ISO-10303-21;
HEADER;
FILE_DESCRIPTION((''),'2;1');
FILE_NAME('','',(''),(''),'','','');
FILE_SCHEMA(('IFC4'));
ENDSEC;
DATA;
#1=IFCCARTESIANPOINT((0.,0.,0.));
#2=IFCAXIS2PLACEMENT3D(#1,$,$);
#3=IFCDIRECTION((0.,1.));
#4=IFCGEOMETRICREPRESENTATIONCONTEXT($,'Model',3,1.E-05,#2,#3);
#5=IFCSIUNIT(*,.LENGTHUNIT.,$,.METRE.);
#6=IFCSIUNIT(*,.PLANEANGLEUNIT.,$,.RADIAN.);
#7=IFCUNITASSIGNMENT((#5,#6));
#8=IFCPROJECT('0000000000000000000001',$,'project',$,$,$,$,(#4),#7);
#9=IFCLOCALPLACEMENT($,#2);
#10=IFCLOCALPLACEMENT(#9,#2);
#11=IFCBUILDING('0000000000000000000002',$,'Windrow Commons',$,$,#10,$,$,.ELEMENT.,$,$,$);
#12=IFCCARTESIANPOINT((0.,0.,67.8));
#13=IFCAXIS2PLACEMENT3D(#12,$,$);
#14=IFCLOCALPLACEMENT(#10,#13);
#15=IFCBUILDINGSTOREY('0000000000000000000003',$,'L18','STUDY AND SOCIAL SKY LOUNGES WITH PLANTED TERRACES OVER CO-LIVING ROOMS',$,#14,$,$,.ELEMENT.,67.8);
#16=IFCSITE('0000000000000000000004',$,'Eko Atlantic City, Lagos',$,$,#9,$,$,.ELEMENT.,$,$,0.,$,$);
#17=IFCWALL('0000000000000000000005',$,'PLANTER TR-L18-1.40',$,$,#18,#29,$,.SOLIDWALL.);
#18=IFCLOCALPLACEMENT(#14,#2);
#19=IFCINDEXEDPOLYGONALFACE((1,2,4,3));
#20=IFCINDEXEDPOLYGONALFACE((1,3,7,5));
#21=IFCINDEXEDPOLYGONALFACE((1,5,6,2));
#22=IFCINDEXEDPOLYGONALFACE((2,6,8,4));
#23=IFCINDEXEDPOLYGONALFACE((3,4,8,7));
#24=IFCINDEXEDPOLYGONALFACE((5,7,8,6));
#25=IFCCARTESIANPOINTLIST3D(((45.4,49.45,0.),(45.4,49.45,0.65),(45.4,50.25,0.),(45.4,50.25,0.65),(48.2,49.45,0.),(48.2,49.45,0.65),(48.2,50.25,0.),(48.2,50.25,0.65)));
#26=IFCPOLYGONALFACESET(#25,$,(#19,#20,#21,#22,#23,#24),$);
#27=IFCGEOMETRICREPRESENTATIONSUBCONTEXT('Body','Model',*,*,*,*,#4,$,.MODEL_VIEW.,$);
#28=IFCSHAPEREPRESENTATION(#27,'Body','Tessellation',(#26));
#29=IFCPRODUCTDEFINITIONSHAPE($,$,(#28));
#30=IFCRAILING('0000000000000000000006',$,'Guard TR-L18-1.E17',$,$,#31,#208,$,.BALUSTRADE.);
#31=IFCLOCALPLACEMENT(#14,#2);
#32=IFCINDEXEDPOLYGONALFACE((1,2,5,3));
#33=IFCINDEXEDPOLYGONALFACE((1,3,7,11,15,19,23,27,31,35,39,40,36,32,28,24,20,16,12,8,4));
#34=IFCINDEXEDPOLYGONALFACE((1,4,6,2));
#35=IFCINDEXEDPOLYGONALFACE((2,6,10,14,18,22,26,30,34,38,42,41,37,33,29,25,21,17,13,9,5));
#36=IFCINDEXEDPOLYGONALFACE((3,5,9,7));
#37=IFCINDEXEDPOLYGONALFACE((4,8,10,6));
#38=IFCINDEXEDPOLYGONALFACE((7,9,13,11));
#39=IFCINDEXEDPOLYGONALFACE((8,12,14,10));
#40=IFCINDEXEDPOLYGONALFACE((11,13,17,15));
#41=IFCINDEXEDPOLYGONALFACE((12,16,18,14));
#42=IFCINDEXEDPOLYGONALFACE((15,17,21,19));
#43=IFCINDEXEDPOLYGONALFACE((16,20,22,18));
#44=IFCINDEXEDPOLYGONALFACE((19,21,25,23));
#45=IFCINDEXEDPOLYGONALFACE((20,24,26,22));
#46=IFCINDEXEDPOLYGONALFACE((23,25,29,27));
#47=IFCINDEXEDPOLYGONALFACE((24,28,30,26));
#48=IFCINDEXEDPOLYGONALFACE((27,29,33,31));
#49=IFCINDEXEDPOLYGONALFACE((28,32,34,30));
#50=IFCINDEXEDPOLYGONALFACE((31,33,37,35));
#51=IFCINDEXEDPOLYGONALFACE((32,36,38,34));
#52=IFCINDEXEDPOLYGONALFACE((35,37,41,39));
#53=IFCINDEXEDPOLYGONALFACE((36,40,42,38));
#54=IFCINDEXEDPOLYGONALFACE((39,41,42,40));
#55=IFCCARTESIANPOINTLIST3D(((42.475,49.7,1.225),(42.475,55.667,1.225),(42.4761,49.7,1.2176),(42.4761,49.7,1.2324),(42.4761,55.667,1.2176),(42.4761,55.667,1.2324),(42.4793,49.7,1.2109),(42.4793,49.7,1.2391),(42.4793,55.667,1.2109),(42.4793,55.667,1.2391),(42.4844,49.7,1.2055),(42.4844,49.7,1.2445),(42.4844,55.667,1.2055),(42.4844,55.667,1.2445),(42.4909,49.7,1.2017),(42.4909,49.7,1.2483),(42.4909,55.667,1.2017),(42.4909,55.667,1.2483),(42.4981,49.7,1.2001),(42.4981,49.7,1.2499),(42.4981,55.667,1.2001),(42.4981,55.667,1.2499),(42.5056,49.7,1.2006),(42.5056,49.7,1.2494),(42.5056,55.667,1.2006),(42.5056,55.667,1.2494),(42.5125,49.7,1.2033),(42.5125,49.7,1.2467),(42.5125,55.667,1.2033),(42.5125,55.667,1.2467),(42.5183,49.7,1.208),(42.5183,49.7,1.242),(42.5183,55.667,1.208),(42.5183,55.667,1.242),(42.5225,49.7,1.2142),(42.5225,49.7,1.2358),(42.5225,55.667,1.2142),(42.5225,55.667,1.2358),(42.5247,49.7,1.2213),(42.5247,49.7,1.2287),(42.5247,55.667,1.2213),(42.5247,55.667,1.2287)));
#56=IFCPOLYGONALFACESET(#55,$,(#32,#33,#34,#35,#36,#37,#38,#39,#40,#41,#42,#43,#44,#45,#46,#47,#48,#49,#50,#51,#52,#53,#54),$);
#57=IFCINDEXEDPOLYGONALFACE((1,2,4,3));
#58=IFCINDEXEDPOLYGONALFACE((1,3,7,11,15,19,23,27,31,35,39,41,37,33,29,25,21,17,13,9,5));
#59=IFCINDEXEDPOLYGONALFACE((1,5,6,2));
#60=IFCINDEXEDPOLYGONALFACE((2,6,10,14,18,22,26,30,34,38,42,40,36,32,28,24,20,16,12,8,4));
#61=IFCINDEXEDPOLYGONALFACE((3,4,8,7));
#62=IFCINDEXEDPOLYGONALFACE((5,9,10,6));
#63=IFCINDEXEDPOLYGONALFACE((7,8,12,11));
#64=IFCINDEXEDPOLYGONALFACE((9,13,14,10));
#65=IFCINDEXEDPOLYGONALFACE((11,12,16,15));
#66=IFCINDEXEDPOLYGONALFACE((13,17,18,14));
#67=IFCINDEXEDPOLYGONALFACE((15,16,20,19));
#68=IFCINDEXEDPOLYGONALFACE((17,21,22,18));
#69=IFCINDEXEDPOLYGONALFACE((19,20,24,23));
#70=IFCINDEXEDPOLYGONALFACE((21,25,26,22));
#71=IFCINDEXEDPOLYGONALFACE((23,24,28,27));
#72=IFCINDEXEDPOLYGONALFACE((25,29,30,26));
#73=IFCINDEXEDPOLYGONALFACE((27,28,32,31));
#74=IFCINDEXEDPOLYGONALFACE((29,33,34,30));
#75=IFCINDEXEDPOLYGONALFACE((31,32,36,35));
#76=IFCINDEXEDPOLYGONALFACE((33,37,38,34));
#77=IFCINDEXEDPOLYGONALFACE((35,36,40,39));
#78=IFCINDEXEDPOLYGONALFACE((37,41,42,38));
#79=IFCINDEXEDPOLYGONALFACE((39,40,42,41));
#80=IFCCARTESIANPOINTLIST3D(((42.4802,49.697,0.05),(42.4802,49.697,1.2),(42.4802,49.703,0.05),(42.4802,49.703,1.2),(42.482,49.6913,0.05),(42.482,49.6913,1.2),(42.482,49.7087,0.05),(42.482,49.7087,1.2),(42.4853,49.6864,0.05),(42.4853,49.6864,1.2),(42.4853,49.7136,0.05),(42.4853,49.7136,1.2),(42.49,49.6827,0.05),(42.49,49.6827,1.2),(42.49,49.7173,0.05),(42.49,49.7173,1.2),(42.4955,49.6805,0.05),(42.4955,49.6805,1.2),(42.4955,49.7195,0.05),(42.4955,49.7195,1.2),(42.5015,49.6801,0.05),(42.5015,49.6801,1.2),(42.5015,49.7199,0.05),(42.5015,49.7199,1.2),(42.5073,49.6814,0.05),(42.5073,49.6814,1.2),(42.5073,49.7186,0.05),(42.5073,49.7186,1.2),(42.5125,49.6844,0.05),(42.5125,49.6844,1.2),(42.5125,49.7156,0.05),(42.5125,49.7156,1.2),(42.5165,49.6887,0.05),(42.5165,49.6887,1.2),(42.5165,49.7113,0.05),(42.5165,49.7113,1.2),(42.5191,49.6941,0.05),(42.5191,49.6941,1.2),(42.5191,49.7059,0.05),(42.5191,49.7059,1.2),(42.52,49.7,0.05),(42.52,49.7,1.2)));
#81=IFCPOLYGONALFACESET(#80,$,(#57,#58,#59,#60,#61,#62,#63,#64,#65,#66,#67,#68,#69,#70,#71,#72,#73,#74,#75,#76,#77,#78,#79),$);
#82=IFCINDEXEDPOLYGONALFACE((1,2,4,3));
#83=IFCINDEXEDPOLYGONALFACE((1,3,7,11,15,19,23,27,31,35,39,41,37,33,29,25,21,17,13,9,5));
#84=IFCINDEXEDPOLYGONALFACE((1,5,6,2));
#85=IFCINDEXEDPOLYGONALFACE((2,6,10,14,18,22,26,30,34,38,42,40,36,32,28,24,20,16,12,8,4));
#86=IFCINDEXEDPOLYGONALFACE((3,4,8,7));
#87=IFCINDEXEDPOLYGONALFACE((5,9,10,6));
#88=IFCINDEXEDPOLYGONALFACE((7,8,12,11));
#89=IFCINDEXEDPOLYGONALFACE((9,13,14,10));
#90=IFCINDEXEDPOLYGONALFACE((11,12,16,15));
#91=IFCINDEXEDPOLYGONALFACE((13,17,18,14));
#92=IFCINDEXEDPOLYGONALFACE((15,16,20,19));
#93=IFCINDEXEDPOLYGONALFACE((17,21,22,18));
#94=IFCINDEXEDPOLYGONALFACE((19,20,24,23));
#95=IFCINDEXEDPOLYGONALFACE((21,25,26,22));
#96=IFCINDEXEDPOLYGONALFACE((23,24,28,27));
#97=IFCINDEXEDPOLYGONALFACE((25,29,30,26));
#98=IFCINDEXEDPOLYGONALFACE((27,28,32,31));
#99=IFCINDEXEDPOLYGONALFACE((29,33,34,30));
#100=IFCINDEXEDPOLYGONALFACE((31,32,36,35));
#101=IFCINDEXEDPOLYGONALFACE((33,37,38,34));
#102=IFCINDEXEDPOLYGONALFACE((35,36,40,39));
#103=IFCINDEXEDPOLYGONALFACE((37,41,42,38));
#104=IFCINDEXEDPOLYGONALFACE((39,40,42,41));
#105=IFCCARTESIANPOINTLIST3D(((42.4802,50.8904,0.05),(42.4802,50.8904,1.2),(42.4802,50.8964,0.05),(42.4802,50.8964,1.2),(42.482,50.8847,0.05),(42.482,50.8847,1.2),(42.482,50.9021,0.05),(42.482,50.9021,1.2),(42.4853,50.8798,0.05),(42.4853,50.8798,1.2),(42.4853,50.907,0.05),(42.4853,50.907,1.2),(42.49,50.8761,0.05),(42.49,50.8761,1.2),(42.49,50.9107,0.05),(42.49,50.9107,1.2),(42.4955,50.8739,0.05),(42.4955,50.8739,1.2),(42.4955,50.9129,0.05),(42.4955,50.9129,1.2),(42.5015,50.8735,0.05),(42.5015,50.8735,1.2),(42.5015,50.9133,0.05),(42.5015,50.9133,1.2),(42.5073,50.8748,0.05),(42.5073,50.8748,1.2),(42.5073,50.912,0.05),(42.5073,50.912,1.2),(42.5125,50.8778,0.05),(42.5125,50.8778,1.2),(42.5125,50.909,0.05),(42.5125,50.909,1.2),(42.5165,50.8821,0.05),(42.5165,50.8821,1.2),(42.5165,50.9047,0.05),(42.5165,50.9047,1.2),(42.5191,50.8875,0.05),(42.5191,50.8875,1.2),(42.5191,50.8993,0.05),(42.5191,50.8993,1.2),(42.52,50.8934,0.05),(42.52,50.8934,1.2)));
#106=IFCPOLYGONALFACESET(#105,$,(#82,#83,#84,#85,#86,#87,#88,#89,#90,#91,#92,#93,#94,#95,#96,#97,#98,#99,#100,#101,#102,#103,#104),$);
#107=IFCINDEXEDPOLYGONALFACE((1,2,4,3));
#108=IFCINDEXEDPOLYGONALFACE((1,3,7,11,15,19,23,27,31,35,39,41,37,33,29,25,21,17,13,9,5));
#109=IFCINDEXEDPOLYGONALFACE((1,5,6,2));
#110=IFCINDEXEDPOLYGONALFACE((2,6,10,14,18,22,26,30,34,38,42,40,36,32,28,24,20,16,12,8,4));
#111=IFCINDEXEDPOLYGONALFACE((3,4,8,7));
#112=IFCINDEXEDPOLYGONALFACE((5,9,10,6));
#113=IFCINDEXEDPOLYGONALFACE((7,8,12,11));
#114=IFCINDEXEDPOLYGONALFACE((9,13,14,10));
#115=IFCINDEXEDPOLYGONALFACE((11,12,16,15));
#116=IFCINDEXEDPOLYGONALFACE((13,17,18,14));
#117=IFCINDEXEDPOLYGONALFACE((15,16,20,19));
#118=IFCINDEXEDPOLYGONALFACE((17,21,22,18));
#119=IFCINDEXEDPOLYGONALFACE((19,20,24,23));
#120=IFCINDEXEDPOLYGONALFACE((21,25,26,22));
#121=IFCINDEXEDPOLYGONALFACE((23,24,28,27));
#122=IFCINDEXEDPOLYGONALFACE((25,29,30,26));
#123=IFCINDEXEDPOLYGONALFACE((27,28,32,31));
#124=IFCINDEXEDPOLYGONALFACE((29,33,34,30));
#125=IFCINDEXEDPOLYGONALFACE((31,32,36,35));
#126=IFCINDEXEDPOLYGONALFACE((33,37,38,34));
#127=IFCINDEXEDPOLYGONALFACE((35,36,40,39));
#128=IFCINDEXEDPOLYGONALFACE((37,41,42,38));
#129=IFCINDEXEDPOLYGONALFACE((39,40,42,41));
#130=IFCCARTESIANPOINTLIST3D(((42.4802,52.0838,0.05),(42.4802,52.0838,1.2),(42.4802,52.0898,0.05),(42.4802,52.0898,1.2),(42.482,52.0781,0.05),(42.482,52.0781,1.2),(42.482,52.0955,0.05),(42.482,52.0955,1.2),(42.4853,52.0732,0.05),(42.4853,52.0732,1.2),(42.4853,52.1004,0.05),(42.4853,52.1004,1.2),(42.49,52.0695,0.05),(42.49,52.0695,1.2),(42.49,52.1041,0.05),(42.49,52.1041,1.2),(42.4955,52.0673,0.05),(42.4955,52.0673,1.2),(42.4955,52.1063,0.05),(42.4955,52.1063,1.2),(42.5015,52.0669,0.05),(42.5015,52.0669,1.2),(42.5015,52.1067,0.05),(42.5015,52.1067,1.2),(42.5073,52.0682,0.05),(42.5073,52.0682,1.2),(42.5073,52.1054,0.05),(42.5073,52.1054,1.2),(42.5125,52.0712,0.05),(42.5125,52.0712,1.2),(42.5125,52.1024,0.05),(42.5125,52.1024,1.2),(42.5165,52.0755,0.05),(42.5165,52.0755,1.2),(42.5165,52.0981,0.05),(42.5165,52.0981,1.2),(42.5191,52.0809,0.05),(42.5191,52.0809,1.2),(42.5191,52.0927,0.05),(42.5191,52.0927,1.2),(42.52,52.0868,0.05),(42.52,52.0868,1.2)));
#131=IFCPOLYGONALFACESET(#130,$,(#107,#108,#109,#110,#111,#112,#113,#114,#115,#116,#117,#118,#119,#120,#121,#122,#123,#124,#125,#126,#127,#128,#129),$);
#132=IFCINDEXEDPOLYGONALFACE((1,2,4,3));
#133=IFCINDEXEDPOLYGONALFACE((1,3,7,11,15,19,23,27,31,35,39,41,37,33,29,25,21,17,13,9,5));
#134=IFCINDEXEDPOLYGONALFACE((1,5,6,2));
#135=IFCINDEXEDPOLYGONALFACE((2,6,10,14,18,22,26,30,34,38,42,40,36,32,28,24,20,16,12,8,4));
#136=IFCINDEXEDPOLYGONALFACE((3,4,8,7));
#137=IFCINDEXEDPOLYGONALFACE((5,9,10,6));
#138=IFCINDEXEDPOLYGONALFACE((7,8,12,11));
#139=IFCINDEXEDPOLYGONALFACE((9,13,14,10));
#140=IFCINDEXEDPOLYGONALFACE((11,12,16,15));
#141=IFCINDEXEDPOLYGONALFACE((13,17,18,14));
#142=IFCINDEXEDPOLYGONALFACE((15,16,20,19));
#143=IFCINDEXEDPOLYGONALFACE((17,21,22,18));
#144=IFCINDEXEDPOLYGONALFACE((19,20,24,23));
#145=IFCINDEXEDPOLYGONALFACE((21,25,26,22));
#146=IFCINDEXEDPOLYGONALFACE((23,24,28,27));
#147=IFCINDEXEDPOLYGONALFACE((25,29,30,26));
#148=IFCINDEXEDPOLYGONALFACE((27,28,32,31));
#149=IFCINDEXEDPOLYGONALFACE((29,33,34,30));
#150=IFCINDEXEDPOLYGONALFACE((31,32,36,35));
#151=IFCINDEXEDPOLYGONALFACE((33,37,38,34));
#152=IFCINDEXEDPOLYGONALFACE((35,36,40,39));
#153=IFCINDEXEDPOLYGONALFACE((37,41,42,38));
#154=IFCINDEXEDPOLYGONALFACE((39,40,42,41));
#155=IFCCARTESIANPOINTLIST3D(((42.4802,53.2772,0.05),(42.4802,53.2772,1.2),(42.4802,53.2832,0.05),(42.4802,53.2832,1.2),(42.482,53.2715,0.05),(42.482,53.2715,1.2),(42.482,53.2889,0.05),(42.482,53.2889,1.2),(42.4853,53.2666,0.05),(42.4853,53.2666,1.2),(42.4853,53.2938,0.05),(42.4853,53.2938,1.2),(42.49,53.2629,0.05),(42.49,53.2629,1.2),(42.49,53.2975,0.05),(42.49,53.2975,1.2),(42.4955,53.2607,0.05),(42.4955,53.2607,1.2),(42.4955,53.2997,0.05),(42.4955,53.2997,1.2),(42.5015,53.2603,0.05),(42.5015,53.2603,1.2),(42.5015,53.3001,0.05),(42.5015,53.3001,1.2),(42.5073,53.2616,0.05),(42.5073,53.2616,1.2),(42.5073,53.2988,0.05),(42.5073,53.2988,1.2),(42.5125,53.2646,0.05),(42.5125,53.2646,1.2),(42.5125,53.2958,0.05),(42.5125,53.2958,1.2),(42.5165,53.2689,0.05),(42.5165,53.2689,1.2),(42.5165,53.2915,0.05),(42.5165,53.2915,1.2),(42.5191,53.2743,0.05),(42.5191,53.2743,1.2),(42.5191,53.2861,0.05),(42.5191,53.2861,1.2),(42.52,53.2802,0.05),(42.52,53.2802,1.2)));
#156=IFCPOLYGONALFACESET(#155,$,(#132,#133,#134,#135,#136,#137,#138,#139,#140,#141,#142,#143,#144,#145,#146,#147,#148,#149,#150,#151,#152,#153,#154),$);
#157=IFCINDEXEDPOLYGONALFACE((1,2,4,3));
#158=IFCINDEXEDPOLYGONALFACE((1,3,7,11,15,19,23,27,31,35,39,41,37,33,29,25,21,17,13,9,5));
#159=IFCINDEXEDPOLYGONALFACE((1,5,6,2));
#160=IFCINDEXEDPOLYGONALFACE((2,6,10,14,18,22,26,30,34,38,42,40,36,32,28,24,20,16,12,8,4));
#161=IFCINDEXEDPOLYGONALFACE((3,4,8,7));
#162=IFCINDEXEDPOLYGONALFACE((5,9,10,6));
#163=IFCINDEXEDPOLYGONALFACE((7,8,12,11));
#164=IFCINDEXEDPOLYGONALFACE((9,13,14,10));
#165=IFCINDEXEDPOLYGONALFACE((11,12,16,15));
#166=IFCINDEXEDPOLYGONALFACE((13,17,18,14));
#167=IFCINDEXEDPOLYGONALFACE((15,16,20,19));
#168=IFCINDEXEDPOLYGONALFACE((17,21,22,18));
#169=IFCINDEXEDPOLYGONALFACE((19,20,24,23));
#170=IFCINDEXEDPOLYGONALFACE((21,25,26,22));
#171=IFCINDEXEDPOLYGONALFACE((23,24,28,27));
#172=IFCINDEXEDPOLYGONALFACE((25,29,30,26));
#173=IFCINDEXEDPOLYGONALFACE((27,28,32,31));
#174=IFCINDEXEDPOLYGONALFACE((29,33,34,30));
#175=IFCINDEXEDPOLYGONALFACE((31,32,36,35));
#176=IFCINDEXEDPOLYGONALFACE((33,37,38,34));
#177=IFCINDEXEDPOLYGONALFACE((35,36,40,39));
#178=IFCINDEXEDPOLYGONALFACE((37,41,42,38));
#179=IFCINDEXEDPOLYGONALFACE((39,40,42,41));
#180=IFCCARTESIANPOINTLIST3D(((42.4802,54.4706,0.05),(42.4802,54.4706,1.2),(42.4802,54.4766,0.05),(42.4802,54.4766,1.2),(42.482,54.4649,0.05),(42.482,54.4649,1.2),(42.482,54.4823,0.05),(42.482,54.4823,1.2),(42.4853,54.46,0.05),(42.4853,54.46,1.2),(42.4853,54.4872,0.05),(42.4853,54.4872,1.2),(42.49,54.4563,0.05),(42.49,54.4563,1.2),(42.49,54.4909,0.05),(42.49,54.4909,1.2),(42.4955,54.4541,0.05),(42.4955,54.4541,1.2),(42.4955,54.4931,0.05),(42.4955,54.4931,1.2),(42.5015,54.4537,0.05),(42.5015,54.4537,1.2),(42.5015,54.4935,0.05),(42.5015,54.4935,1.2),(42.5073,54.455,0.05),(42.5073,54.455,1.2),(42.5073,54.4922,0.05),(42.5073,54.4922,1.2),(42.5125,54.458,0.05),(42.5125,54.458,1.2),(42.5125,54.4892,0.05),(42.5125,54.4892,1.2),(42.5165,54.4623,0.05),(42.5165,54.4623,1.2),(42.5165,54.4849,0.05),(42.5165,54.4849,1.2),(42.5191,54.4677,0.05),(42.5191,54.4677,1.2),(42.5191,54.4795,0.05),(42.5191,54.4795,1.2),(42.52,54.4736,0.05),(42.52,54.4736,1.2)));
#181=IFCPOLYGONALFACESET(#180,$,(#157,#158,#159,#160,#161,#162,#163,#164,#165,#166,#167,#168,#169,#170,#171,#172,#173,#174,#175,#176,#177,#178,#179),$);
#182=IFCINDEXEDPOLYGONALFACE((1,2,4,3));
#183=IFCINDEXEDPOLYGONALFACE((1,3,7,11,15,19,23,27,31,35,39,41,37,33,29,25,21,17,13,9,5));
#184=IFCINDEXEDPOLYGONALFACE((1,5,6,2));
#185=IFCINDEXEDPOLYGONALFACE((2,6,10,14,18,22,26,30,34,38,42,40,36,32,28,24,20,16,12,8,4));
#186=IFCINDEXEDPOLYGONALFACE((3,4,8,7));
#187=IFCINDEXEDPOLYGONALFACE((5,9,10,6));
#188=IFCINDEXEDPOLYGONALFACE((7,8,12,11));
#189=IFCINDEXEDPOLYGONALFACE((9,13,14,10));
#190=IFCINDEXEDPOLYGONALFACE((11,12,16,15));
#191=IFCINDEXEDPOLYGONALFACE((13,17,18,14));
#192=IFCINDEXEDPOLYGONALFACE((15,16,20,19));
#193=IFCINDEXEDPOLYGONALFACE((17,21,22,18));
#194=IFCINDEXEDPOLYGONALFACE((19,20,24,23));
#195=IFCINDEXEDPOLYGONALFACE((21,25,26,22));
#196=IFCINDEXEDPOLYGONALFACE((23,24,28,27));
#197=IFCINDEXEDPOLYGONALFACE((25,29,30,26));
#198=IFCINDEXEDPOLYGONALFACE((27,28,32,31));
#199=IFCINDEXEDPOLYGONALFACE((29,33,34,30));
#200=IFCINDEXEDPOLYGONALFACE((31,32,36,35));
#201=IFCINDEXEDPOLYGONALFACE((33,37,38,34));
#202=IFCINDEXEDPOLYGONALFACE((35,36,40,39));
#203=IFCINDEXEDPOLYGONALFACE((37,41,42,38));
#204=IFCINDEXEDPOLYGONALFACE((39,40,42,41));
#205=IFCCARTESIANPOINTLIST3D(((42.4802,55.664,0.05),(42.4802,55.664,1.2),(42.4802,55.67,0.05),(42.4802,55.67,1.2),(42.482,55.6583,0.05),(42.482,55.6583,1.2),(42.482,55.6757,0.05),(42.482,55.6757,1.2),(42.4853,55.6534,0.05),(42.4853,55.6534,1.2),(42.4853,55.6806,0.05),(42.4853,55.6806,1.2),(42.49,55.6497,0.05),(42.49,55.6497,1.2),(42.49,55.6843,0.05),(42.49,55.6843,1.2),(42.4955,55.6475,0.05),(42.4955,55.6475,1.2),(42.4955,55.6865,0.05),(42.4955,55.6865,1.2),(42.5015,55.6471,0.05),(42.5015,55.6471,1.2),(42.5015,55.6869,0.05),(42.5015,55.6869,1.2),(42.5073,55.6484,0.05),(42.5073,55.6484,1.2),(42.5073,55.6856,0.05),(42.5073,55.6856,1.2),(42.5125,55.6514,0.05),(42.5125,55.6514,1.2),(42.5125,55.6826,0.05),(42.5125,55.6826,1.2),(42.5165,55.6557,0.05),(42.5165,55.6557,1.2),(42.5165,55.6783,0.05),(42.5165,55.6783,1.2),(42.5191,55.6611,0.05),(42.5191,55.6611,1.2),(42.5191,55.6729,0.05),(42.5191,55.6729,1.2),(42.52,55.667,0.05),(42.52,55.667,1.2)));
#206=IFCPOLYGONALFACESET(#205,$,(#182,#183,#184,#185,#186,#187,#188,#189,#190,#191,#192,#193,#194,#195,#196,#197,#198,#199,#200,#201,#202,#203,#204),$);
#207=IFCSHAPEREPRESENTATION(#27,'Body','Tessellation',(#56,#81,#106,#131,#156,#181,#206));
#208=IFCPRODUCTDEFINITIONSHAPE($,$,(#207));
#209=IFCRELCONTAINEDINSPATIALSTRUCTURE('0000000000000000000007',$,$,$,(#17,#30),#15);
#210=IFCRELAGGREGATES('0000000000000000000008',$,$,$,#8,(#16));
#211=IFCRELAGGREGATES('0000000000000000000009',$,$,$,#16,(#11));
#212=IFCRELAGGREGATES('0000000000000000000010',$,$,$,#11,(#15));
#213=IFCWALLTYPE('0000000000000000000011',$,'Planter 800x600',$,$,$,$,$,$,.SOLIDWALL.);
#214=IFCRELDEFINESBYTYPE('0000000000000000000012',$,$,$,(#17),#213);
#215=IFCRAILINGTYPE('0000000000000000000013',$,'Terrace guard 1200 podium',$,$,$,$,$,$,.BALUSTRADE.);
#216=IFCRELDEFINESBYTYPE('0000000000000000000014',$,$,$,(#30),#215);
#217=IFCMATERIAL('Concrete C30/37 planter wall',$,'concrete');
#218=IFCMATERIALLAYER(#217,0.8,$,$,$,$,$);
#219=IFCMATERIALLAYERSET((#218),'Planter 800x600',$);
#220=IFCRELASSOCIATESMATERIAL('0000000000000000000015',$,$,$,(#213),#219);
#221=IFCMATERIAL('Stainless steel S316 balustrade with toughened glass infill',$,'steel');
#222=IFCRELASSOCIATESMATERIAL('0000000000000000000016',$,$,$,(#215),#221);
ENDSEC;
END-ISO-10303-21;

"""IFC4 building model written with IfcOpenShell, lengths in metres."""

from ifc_helpers import new_model, si_unit, direction, frame, frame_2d, origin, origin_2d, place, context, subcontext, project, spatial, rectangle, circle, extrude, material, layer, layer_set, type_object, element, save


model = new_model("IFC4")

# Units and contexts
model_context = context("Model", 3, precision=1e-05, world=origin(), true_north=direction((0.0, 1.0)))
body_context = subcontext(model_context, "Body", "Model", "MODEL_VIEW")
ifc_project = project(units=[si_unit("LENGTHUNIT", "METRE"), si_unit("PLANEANGLEUNIT", "RADIAN")], contexts=[model_context])

# Site, building, storey
site_placement = place(None, origin())
site = spatial("IfcSite", under=ifc_project, at=site_placement, Name="Eko Atlantic City, Lagos", CompositionType="ELEMENT", RefElevation=0.0)
building_placement = place(site_placement, origin())
building = spatial("IfcBuilding", under=site, at=building_placement, Name="Windrow Commons", CompositionType="ELEMENT")
storey_placement = place(building_placement, frame((0.0, 0.0, 67.8)))
storey = spatial("IfcBuildingStorey", under=building, at=storey_placement, Name="L18", Description="STUDY AND SOCIAL SKY LOUNGES WITH PLANTED TERRACES OVER CO-LIVING ROOMS", CompositionType="ELEMENT", Elevation=67.8)

# Wall
ifc_material_1 = material(Name="Concrete C30/37 planter wall", Category="concrete")
ifc_layer_1 = layer(ifc_material_1, 0.8)
ifc_layer_set_1 = layer_set([ifc_layer_1], Name="Planter 800x600")
wall_type_1 = type_object("IfcWallType", Name="Planter 800x600", PredefinedType="SOLIDWALL", material=ifc_layer_set_1)
wall_1_placement = place(storey_placement, frame((45.4, 49.85, 0.0), z_axis=(0.0, 0.0, 1.0), x_axis=(1.0, 0.0, 0.0)))
element("IfcWall", 1, at=wall_1_placement, inside=storey, type_object=wall_type_1, Name="PLANTER TR-L18-1.40", PredefinedType="SOLIDWALL", context=body_context, shape_type="SweptSolid", body=[
    extrude(rectangle(XDim=2.8, YDim=0.8, at=frame_2d((1.4, 0.0))), origin(), (0.0, 0.0, 1.0), 0.65),
])

# Railing
ifc_material_2 = material(Name="Stainless steel S316 balustrade with toughened glass infill", Category="steel")
railing_type = type_object("IfcRailingType", Name="Terrace guard 1200 podium", PredefinedType="BALUSTRADE", material=ifc_material_2)
railing_1_placement = place(storey_placement, frame((42.5, 49.7, 0.05)))
element("IfcRailing", 2, at=railing_1_placement, inside=storey, type_object=railing_type, Name="Guard TR-L18-1.E17", PredefinedType="BALUSTRADE", context=body_context, shape_type="SweptSolid", body=[
    extrude(circle(Radius=0.025, at=origin_2d()), frame((0.0, 0.0, 1.175), z_axis=(0.0, 1.0, 0.0), x_axis=(-1.0, 0.0, 0.0)), (0.0, 0.0, 1.0), 5.967),
    extrude(circle(Radius=0.02, at=origin_2d()), origin(), (0.0, 0.0, 1.0), 1.15),
    extrude(circle(Radius=0.02, at=origin_2d()), frame((0.0, 1.1934, 0.0)), (0.0, 0.0, 1.0), 1.15),
    extrude(circle(Radius=0.02, at=origin_2d()), frame((0.0, 2.3868, 0.0)), (0.0, 0.0, 1.0), 1.15),
    extrude(circle(Radius=0.02, at=origin_2d()), frame((0.0, 3.5802, 0.0)), (0.0, 0.0, 1.0), 1.15),
    extrude(circle(Radius=0.02, at=origin_2d()), frame((0.0, 4.7736, 0.0)), (0.0, 0.0, 1.0), 1.15),
    extrude(circle(Radius=0.02, at=origin_2d()), frame((0.0, 5.967, 0.0)), (0.0, 0.0, 1.0), 1.15),
])

save(model, "model.ifc")
